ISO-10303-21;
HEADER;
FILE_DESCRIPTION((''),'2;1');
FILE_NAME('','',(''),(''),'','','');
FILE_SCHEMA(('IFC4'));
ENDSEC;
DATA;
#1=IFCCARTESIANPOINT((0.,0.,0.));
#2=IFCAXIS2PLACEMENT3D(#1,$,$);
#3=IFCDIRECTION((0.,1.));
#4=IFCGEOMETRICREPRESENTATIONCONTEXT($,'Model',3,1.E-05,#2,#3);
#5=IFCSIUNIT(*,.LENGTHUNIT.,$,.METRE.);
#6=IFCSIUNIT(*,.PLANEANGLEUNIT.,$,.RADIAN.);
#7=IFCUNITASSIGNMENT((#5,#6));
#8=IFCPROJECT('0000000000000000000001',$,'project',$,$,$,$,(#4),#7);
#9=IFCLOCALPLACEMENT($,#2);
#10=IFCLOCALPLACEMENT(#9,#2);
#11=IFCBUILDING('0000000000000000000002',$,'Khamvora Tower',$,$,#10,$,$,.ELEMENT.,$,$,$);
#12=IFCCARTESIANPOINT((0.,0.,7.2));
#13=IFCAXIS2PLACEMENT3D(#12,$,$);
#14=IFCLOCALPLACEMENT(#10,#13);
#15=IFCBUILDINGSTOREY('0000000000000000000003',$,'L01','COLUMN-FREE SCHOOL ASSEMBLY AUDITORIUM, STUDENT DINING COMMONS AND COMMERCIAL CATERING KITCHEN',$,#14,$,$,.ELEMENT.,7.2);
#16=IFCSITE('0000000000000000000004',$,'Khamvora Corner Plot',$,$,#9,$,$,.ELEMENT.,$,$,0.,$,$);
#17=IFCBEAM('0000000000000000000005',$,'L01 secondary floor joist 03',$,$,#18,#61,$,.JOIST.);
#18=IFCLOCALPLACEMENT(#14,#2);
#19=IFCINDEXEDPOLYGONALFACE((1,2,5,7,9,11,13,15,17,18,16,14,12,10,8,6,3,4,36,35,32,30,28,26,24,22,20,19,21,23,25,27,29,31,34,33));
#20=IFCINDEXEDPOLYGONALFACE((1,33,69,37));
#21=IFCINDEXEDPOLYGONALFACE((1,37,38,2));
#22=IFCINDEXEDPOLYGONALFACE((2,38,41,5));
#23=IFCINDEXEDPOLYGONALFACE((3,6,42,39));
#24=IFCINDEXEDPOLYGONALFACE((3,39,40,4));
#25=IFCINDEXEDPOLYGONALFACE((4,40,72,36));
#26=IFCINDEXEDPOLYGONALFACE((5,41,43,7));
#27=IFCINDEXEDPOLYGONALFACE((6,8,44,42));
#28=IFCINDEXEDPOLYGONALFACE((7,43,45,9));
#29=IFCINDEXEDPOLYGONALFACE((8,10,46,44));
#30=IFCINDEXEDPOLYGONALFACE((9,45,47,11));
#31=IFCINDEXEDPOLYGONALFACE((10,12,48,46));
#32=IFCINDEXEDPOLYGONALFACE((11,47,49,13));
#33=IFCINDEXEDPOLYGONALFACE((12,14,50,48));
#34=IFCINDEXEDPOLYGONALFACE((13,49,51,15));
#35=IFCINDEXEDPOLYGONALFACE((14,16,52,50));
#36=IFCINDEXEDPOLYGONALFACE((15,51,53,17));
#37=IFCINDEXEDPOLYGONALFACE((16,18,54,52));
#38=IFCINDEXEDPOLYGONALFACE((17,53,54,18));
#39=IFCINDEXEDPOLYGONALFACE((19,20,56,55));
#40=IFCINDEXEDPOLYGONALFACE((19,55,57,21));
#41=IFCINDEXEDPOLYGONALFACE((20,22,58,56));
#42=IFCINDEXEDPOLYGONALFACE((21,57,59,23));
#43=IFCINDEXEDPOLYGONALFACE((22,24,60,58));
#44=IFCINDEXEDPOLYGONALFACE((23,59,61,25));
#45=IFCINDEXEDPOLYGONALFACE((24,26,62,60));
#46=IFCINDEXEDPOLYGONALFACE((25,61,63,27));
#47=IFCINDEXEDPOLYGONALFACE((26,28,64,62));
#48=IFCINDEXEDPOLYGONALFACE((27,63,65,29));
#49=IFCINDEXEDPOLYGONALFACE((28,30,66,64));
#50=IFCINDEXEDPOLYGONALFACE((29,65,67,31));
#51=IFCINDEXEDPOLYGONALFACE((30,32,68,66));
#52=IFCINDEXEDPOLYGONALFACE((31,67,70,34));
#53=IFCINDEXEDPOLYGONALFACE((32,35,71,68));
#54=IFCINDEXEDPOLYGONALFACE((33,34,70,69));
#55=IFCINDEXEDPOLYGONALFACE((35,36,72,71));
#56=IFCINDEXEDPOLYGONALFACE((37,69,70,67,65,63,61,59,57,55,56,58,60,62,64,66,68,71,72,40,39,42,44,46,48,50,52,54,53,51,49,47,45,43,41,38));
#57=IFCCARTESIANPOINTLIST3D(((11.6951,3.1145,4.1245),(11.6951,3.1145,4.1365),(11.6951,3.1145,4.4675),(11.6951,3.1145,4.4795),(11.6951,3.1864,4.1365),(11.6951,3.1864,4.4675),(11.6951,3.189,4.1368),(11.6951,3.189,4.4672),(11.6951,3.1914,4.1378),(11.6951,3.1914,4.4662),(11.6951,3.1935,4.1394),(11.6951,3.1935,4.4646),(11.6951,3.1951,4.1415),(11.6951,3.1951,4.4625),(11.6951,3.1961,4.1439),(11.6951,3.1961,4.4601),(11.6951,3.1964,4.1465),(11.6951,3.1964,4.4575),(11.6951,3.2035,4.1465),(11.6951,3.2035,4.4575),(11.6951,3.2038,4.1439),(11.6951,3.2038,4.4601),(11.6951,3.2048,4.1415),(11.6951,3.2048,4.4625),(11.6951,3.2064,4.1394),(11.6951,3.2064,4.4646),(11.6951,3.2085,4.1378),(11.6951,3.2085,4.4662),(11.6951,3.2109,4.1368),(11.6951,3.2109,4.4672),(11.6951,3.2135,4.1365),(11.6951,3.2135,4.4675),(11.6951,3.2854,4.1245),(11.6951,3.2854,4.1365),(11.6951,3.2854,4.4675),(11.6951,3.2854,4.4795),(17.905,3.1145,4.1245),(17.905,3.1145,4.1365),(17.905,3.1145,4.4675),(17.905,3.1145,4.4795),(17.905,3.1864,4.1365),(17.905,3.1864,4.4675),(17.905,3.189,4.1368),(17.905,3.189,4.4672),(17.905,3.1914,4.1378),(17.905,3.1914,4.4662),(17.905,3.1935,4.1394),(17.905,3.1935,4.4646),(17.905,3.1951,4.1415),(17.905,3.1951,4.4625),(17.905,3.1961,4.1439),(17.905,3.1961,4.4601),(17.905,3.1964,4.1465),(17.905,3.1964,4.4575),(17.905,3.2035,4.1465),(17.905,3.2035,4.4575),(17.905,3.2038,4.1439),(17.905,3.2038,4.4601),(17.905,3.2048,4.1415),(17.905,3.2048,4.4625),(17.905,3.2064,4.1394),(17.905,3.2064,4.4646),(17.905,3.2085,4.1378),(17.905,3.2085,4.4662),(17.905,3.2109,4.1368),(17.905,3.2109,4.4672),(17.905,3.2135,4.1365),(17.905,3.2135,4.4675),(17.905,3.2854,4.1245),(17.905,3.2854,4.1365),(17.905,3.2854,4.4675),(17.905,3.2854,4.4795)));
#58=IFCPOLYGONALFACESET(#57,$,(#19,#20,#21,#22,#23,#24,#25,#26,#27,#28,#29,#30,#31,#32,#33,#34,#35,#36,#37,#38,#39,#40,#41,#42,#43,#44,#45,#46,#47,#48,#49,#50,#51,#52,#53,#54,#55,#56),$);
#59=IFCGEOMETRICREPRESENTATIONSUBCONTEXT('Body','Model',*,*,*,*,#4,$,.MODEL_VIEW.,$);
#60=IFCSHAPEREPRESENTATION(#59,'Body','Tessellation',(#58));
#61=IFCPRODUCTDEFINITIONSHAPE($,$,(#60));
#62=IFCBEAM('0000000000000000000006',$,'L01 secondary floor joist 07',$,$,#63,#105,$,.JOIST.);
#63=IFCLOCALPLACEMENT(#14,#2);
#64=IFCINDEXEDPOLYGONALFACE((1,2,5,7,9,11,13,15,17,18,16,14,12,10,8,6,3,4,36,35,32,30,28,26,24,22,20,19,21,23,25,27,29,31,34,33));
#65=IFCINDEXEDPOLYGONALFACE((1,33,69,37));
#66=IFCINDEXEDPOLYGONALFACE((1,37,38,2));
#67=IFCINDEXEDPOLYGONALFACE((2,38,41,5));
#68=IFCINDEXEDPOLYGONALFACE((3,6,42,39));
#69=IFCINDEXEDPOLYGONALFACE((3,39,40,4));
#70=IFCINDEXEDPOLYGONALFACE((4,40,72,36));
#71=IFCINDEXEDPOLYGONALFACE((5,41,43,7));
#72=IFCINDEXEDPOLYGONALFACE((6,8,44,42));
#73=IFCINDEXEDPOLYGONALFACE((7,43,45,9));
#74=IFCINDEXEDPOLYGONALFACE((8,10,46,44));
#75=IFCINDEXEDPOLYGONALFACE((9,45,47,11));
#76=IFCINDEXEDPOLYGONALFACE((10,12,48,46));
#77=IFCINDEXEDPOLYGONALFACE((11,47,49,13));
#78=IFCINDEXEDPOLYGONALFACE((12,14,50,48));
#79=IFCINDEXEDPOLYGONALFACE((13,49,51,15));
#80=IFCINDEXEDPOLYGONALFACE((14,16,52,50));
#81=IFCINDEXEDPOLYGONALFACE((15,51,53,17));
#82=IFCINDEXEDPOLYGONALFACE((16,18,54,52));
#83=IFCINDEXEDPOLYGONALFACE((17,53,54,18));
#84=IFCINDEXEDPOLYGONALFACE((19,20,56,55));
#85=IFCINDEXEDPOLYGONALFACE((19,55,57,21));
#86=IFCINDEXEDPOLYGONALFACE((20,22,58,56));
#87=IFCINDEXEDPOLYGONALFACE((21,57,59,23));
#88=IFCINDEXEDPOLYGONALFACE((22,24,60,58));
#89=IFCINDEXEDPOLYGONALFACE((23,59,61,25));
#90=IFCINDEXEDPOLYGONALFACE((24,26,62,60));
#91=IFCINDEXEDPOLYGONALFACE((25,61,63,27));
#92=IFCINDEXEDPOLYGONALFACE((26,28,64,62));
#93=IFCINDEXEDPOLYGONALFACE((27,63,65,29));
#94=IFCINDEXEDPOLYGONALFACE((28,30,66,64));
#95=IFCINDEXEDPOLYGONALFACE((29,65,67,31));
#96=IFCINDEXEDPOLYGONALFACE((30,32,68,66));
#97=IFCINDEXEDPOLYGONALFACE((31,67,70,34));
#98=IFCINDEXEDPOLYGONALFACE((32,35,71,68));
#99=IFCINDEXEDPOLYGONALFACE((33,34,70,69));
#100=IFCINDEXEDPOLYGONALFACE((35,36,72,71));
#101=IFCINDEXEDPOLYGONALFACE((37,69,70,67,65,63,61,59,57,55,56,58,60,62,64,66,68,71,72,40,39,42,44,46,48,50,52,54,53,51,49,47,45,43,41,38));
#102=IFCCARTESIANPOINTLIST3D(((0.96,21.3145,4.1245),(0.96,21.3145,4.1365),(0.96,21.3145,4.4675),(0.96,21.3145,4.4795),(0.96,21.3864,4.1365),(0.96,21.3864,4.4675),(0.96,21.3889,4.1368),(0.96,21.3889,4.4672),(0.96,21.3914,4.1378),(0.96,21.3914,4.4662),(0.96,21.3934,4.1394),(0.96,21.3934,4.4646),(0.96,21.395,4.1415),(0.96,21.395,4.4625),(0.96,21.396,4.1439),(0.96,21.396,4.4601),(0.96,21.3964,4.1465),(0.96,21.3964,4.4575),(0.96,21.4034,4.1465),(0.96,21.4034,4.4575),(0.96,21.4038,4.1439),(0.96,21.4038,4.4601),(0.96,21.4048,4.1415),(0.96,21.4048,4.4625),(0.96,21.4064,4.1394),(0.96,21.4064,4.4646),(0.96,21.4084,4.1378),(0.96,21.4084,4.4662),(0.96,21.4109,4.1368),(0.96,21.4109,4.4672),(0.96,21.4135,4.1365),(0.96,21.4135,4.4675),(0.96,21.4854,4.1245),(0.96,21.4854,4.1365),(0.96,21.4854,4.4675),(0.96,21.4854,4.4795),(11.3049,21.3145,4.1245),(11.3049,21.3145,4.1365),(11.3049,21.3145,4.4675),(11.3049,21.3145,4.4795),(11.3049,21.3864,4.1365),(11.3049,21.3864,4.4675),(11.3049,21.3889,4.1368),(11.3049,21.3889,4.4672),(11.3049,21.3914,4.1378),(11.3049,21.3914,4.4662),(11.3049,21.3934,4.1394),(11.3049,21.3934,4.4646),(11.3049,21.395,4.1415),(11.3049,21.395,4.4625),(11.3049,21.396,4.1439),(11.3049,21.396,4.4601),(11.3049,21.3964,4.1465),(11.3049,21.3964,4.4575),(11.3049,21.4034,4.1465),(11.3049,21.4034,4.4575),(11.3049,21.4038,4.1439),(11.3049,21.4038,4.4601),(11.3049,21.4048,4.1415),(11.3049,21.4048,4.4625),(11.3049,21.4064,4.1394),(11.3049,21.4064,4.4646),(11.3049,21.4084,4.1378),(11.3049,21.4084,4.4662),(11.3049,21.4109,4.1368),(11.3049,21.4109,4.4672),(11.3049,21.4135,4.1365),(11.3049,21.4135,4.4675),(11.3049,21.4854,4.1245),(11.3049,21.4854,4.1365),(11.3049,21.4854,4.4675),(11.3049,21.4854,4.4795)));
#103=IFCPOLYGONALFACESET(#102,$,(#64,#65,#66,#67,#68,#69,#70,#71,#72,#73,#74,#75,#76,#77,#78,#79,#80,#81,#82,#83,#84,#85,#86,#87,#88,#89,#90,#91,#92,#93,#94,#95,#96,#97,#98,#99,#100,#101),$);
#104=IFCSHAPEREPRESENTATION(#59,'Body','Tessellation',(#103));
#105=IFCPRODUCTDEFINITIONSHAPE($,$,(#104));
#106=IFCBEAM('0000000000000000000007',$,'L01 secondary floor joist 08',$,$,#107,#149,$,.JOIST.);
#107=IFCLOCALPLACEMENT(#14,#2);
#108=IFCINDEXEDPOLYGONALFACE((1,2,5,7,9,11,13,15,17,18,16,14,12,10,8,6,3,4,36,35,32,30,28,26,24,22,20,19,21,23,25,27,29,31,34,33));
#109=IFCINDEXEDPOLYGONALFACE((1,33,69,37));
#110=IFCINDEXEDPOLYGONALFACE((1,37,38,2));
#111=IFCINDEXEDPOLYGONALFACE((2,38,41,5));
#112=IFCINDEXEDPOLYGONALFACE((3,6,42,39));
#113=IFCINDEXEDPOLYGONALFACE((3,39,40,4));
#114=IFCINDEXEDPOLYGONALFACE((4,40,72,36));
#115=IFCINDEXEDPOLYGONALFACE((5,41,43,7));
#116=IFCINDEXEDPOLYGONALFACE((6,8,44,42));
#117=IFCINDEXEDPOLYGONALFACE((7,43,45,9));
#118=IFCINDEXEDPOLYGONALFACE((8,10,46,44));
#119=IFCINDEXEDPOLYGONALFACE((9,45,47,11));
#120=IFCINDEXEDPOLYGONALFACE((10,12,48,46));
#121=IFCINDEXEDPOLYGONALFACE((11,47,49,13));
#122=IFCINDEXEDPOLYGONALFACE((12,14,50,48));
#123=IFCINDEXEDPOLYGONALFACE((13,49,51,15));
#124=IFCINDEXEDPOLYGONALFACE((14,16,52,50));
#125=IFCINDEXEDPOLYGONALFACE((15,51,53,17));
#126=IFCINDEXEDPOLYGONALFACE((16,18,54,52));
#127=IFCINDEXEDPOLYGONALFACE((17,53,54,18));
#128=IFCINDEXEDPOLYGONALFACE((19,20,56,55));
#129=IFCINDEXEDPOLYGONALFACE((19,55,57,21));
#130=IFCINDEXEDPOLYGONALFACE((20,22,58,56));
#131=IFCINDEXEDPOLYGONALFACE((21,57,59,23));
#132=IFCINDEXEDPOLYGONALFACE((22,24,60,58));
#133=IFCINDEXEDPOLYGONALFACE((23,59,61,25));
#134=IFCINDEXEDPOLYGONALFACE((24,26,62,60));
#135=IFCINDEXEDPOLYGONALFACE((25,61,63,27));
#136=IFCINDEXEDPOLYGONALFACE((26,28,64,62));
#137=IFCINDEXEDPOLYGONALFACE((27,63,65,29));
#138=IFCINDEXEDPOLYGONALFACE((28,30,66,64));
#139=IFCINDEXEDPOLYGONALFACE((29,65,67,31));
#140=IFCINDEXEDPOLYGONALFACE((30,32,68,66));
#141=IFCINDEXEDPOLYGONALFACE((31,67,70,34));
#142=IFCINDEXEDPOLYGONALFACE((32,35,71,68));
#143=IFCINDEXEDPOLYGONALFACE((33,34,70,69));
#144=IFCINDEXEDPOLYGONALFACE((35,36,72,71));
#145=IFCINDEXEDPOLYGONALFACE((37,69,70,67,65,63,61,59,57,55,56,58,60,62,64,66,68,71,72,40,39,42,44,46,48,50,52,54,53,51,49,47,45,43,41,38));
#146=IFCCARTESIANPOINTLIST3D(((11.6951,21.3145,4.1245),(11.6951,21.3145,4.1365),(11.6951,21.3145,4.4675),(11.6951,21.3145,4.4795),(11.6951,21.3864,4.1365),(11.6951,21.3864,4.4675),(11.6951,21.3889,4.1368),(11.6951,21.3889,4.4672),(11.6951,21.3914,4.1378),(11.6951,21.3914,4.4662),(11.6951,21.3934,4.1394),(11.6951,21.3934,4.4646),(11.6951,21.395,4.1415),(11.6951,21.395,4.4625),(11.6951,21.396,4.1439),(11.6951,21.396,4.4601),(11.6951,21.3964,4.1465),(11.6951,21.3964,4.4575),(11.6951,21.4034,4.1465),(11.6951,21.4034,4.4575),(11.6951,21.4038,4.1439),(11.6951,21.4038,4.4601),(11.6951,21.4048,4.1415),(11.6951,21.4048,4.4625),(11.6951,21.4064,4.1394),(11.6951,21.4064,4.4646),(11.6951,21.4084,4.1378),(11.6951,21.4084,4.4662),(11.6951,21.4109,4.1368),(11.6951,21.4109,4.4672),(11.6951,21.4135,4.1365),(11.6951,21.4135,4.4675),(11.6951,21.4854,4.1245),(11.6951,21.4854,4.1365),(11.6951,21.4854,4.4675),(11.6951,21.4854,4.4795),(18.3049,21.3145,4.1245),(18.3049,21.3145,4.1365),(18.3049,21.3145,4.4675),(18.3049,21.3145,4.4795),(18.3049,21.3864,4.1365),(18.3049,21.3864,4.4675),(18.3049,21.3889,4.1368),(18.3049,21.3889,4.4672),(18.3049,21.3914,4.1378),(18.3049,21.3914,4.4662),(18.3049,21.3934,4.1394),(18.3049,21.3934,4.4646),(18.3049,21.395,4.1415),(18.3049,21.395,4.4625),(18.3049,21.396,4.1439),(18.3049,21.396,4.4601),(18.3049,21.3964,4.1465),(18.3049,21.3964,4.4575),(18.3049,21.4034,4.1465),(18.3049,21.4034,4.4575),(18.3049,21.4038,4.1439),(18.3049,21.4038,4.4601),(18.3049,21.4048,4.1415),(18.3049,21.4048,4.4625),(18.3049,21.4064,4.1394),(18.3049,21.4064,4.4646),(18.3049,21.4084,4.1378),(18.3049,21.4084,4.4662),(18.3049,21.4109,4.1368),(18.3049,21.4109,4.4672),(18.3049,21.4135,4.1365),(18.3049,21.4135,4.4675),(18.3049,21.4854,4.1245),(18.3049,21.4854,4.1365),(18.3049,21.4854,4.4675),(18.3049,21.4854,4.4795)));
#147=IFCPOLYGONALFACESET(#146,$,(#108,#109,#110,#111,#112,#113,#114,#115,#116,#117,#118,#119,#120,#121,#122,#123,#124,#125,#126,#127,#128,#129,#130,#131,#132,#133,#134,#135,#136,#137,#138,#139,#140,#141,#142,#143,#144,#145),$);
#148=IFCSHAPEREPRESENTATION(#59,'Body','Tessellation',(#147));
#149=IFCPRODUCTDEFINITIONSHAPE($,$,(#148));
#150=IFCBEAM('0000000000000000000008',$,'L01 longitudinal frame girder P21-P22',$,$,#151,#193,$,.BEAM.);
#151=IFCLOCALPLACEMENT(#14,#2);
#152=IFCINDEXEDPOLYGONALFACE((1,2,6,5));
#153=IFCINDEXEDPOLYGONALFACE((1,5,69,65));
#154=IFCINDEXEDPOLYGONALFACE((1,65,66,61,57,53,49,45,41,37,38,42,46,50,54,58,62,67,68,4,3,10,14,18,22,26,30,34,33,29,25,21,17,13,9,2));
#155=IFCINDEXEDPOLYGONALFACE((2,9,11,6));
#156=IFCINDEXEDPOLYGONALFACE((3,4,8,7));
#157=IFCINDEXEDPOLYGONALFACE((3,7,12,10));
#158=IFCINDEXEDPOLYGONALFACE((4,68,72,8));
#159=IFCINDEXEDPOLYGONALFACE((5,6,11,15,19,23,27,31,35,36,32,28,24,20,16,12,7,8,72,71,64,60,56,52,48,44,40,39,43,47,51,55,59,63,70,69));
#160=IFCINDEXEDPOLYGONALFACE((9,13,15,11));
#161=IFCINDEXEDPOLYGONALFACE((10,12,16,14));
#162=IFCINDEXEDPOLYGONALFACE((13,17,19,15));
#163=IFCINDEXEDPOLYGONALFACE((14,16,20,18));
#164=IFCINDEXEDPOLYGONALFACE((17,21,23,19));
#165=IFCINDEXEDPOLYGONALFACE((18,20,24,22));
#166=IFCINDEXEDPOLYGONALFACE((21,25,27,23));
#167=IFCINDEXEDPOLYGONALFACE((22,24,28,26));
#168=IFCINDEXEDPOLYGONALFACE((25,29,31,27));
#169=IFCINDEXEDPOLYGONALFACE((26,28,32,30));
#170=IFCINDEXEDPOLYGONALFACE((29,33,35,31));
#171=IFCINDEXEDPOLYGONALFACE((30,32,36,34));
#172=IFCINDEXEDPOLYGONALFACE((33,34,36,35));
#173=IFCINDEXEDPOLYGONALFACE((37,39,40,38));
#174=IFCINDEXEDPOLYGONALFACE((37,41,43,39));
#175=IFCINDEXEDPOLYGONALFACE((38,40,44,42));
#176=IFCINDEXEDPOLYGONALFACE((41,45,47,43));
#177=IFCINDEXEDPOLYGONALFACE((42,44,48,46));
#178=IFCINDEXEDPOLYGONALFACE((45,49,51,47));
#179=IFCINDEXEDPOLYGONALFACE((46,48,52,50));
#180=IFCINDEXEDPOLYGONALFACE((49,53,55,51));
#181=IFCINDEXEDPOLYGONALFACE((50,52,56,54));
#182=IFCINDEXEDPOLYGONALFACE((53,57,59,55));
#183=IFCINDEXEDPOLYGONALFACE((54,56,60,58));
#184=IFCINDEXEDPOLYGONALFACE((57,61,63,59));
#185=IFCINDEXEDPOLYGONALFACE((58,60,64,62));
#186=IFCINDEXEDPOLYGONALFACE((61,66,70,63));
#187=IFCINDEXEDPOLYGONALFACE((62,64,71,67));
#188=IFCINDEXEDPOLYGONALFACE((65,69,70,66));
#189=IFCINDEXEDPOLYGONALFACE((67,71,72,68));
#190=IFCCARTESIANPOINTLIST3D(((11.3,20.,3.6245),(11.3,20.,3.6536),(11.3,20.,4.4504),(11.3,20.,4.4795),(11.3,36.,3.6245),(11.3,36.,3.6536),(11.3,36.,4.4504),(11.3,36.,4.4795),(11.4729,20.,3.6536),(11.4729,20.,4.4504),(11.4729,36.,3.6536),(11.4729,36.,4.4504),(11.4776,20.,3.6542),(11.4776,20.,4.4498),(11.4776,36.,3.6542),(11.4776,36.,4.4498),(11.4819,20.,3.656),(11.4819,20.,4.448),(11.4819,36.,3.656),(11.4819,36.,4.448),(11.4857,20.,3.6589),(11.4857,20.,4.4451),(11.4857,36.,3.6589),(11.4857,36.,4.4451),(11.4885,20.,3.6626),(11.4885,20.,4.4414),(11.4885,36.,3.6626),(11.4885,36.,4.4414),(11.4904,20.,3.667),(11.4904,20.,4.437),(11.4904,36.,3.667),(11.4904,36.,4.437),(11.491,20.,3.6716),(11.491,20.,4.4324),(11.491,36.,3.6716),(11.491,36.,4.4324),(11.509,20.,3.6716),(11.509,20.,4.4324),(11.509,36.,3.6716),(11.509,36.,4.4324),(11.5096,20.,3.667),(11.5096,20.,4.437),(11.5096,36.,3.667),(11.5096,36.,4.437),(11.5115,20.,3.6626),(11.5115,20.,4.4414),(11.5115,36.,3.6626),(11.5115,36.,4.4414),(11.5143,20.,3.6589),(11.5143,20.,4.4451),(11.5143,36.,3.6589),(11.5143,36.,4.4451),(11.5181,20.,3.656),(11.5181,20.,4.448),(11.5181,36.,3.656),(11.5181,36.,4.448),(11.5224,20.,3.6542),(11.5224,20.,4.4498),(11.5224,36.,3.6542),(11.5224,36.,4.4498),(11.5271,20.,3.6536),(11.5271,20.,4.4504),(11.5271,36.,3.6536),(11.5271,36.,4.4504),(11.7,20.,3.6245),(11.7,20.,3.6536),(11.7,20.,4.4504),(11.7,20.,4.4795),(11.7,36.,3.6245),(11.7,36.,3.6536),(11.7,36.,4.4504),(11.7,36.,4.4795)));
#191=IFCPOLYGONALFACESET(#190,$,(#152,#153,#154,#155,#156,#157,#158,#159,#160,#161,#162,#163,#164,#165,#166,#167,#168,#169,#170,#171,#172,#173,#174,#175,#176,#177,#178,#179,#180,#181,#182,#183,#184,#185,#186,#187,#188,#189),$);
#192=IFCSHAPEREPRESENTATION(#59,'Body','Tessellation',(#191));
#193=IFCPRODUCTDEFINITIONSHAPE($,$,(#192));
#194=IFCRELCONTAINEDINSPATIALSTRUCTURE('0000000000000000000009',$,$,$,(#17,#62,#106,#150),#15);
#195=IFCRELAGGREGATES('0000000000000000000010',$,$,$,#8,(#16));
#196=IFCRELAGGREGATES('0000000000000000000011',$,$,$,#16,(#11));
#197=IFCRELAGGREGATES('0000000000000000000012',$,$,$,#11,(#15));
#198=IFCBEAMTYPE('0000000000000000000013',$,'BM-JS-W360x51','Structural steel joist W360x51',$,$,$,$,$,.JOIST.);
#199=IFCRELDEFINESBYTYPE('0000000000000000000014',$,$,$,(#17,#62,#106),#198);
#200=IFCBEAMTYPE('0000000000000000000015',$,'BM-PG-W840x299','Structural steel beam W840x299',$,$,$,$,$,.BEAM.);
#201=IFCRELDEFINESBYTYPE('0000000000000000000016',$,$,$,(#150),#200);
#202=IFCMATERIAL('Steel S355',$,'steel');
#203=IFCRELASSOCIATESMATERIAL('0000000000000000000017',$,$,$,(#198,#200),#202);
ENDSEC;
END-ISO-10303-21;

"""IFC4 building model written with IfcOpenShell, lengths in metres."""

from ifc_helpers import new_model, si_unit, direction, frame, origin, origin_2d, place, context, subcontext, project, spatial, i_section, extrude, material, material_profile, profile_set, type_object, element, save


model = new_model("IFC4")

# Units and contexts
model_context = context("Model", 3, precision=1e-05, world=origin(), true_north=direction((0.0, 1.0)))
body_context = subcontext(model_context, "Body", "Model", "MODEL_VIEW")
ifc_project = project(units=[si_unit("LENGTHUNIT", "METRE"), si_unit("PLANEANGLEUNIT", "RADIAN")], contexts=[model_context])

# Site, building, storey
site_placement = place(None, origin())
site = spatial("IfcSite", under=ifc_project, at=site_placement, Name="Khamvora Corner Plot", CompositionType="ELEMENT", RefElevation=0.0)
building_placement = place(site_placement, origin())
building = spatial("IfcBuilding", under=site, at=building_placement, Name="Khamvora Tower", CompositionType="ELEMENT")
storey_placement = place(building_placement, frame((0.0, 0.0, 7.2)))
storey = spatial("IfcBuildingStorey", under=building, at=storey_placement, Name="L01", Description="COLUMN-FREE SCHOOL ASSEMBLY AUDITORIUM, STUDENT DINING COMMONS AND COMMERCIAL CATERING KITCHEN", CompositionType="ELEMENT", Elevation=7.2)

# Beams
ifc_material_1 = material(Name="Steel S355", Category="steel")
ifc_material_profile_1 = material_profile(ifc_material_1, i_section(OverallWidth=0.1709, OverallDepth=0.355, WebThickness=0.0071, FlangeThickness=0.012, FilletRadius=0.01, at=origin_2d()), Name="W360x51")
ifc_profile_set_1 = profile_set([ifc_material_profile_1], Name="Steel S355")
beam_type_1 = type_object("IfcBeamType", Name="BM-JS-W360x51", Description="Structural steel joist W360x51", PredefinedType="JOIST", material=ifc_profile_set_1)
beam_1_placement = place(storey_placement, frame((11.6951, 3.2, 4.302), z_axis=(1.0, 0.0, 0.0), x_axis=(0.0, 1.0, 0.0)))
element("IfcBeam", 1, at=beam_1_placement, inside=storey, type_object=beam_type_1, Name="L01 secondary floor joist 03", PredefinedType="JOIST", context=body_context, shape_type="SweptSolid", body=[
    extrude(i_section(OverallWidth=0.1709, OverallDepth=0.355, WebThickness=0.0071, FlangeThickness=0.012, FilletRadius=0.01, at=origin_2d()), origin(), (0.0, 0.0, 1.0), 6.21),
])
beam_2_placement = place(storey_placement, frame((0.96, 21.3999, 4.302), z_axis=(1.0, 0.0, 0.0), x_axis=(0.0, 1.0, 0.0)))
element("IfcBeam", 2, at=beam_2_placement, inside=storey, type_object=beam_type_1, Name="L01 secondary floor joist 07", PredefinedType="JOIST", context=body_context, shape_type="SweptSolid", body=[
    extrude(i_section(OverallWidth=0.1709, OverallDepth=0.355, WebThickness=0.0071, FlangeThickness=0.012, FilletRadius=0.01, at=origin_2d()), origin(), (0.0, 0.0, 1.0), 10.345),
])
beam_3_placement = place(storey_placement, frame((11.6951, 21.3999, 4.302), z_axis=(1.0, 0.0, 0.0), x_axis=(0.0, 1.0, 0.0)))
element("IfcBeam", 3, at=beam_3_placement, inside=storey, type_object=beam_type_1, Name="L01 secondary floor joist 08", PredefinedType="JOIST", context=body_context, shape_type="SweptSolid", body=[
    extrude(i_section(OverallWidth=0.1709, OverallDepth=0.355, WebThickness=0.0071, FlangeThickness=0.012, FilletRadius=0.01, at=origin_2d()), origin(), (0.0, 0.0, 1.0), 6.6099),
])
ifc_material_profile_2 = material_profile(ifc_material_1, i_section(OverallWidth=0.3999, OverallDepth=0.855, WebThickness=0.0181, FlangeThickness=0.0291, FilletRadius=0.0181, at=origin_2d()), Name="W840x299")
ifc_profile_set_2 = profile_set([ifc_material_profile_2], Name="Steel S355")
beam_type_2 = type_object("IfcBeamType", Name="BM-PG-W840x299", Description="Structural steel beam W840x299", PredefinedType="BEAM", material=ifc_profile_set_2)
beam_4_placement = place(storey_placement, frame((11.5, 20.0, 4.052), z_axis=(0.0, 1.0, 0.0), x_axis=(-1.0, 0.0, 0.0)))
element("IfcBeam", 4, at=beam_4_placement, inside=storey, type_object=beam_type_2, Name="L01 longitudinal frame girder P21-P22", PredefinedType="BEAM", context=body_context, shape_type="SweptSolid", body=[
    extrude(i_section(OverallWidth=0.3999, OverallDepth=0.855, WebThickness=0.0181, FlangeThickness=0.0291, FilletRadius=0.0181, at=origin_2d()), origin(), (0.0, 0.0, 1.0), 16.0),
])

save(model, "model.ifc")
